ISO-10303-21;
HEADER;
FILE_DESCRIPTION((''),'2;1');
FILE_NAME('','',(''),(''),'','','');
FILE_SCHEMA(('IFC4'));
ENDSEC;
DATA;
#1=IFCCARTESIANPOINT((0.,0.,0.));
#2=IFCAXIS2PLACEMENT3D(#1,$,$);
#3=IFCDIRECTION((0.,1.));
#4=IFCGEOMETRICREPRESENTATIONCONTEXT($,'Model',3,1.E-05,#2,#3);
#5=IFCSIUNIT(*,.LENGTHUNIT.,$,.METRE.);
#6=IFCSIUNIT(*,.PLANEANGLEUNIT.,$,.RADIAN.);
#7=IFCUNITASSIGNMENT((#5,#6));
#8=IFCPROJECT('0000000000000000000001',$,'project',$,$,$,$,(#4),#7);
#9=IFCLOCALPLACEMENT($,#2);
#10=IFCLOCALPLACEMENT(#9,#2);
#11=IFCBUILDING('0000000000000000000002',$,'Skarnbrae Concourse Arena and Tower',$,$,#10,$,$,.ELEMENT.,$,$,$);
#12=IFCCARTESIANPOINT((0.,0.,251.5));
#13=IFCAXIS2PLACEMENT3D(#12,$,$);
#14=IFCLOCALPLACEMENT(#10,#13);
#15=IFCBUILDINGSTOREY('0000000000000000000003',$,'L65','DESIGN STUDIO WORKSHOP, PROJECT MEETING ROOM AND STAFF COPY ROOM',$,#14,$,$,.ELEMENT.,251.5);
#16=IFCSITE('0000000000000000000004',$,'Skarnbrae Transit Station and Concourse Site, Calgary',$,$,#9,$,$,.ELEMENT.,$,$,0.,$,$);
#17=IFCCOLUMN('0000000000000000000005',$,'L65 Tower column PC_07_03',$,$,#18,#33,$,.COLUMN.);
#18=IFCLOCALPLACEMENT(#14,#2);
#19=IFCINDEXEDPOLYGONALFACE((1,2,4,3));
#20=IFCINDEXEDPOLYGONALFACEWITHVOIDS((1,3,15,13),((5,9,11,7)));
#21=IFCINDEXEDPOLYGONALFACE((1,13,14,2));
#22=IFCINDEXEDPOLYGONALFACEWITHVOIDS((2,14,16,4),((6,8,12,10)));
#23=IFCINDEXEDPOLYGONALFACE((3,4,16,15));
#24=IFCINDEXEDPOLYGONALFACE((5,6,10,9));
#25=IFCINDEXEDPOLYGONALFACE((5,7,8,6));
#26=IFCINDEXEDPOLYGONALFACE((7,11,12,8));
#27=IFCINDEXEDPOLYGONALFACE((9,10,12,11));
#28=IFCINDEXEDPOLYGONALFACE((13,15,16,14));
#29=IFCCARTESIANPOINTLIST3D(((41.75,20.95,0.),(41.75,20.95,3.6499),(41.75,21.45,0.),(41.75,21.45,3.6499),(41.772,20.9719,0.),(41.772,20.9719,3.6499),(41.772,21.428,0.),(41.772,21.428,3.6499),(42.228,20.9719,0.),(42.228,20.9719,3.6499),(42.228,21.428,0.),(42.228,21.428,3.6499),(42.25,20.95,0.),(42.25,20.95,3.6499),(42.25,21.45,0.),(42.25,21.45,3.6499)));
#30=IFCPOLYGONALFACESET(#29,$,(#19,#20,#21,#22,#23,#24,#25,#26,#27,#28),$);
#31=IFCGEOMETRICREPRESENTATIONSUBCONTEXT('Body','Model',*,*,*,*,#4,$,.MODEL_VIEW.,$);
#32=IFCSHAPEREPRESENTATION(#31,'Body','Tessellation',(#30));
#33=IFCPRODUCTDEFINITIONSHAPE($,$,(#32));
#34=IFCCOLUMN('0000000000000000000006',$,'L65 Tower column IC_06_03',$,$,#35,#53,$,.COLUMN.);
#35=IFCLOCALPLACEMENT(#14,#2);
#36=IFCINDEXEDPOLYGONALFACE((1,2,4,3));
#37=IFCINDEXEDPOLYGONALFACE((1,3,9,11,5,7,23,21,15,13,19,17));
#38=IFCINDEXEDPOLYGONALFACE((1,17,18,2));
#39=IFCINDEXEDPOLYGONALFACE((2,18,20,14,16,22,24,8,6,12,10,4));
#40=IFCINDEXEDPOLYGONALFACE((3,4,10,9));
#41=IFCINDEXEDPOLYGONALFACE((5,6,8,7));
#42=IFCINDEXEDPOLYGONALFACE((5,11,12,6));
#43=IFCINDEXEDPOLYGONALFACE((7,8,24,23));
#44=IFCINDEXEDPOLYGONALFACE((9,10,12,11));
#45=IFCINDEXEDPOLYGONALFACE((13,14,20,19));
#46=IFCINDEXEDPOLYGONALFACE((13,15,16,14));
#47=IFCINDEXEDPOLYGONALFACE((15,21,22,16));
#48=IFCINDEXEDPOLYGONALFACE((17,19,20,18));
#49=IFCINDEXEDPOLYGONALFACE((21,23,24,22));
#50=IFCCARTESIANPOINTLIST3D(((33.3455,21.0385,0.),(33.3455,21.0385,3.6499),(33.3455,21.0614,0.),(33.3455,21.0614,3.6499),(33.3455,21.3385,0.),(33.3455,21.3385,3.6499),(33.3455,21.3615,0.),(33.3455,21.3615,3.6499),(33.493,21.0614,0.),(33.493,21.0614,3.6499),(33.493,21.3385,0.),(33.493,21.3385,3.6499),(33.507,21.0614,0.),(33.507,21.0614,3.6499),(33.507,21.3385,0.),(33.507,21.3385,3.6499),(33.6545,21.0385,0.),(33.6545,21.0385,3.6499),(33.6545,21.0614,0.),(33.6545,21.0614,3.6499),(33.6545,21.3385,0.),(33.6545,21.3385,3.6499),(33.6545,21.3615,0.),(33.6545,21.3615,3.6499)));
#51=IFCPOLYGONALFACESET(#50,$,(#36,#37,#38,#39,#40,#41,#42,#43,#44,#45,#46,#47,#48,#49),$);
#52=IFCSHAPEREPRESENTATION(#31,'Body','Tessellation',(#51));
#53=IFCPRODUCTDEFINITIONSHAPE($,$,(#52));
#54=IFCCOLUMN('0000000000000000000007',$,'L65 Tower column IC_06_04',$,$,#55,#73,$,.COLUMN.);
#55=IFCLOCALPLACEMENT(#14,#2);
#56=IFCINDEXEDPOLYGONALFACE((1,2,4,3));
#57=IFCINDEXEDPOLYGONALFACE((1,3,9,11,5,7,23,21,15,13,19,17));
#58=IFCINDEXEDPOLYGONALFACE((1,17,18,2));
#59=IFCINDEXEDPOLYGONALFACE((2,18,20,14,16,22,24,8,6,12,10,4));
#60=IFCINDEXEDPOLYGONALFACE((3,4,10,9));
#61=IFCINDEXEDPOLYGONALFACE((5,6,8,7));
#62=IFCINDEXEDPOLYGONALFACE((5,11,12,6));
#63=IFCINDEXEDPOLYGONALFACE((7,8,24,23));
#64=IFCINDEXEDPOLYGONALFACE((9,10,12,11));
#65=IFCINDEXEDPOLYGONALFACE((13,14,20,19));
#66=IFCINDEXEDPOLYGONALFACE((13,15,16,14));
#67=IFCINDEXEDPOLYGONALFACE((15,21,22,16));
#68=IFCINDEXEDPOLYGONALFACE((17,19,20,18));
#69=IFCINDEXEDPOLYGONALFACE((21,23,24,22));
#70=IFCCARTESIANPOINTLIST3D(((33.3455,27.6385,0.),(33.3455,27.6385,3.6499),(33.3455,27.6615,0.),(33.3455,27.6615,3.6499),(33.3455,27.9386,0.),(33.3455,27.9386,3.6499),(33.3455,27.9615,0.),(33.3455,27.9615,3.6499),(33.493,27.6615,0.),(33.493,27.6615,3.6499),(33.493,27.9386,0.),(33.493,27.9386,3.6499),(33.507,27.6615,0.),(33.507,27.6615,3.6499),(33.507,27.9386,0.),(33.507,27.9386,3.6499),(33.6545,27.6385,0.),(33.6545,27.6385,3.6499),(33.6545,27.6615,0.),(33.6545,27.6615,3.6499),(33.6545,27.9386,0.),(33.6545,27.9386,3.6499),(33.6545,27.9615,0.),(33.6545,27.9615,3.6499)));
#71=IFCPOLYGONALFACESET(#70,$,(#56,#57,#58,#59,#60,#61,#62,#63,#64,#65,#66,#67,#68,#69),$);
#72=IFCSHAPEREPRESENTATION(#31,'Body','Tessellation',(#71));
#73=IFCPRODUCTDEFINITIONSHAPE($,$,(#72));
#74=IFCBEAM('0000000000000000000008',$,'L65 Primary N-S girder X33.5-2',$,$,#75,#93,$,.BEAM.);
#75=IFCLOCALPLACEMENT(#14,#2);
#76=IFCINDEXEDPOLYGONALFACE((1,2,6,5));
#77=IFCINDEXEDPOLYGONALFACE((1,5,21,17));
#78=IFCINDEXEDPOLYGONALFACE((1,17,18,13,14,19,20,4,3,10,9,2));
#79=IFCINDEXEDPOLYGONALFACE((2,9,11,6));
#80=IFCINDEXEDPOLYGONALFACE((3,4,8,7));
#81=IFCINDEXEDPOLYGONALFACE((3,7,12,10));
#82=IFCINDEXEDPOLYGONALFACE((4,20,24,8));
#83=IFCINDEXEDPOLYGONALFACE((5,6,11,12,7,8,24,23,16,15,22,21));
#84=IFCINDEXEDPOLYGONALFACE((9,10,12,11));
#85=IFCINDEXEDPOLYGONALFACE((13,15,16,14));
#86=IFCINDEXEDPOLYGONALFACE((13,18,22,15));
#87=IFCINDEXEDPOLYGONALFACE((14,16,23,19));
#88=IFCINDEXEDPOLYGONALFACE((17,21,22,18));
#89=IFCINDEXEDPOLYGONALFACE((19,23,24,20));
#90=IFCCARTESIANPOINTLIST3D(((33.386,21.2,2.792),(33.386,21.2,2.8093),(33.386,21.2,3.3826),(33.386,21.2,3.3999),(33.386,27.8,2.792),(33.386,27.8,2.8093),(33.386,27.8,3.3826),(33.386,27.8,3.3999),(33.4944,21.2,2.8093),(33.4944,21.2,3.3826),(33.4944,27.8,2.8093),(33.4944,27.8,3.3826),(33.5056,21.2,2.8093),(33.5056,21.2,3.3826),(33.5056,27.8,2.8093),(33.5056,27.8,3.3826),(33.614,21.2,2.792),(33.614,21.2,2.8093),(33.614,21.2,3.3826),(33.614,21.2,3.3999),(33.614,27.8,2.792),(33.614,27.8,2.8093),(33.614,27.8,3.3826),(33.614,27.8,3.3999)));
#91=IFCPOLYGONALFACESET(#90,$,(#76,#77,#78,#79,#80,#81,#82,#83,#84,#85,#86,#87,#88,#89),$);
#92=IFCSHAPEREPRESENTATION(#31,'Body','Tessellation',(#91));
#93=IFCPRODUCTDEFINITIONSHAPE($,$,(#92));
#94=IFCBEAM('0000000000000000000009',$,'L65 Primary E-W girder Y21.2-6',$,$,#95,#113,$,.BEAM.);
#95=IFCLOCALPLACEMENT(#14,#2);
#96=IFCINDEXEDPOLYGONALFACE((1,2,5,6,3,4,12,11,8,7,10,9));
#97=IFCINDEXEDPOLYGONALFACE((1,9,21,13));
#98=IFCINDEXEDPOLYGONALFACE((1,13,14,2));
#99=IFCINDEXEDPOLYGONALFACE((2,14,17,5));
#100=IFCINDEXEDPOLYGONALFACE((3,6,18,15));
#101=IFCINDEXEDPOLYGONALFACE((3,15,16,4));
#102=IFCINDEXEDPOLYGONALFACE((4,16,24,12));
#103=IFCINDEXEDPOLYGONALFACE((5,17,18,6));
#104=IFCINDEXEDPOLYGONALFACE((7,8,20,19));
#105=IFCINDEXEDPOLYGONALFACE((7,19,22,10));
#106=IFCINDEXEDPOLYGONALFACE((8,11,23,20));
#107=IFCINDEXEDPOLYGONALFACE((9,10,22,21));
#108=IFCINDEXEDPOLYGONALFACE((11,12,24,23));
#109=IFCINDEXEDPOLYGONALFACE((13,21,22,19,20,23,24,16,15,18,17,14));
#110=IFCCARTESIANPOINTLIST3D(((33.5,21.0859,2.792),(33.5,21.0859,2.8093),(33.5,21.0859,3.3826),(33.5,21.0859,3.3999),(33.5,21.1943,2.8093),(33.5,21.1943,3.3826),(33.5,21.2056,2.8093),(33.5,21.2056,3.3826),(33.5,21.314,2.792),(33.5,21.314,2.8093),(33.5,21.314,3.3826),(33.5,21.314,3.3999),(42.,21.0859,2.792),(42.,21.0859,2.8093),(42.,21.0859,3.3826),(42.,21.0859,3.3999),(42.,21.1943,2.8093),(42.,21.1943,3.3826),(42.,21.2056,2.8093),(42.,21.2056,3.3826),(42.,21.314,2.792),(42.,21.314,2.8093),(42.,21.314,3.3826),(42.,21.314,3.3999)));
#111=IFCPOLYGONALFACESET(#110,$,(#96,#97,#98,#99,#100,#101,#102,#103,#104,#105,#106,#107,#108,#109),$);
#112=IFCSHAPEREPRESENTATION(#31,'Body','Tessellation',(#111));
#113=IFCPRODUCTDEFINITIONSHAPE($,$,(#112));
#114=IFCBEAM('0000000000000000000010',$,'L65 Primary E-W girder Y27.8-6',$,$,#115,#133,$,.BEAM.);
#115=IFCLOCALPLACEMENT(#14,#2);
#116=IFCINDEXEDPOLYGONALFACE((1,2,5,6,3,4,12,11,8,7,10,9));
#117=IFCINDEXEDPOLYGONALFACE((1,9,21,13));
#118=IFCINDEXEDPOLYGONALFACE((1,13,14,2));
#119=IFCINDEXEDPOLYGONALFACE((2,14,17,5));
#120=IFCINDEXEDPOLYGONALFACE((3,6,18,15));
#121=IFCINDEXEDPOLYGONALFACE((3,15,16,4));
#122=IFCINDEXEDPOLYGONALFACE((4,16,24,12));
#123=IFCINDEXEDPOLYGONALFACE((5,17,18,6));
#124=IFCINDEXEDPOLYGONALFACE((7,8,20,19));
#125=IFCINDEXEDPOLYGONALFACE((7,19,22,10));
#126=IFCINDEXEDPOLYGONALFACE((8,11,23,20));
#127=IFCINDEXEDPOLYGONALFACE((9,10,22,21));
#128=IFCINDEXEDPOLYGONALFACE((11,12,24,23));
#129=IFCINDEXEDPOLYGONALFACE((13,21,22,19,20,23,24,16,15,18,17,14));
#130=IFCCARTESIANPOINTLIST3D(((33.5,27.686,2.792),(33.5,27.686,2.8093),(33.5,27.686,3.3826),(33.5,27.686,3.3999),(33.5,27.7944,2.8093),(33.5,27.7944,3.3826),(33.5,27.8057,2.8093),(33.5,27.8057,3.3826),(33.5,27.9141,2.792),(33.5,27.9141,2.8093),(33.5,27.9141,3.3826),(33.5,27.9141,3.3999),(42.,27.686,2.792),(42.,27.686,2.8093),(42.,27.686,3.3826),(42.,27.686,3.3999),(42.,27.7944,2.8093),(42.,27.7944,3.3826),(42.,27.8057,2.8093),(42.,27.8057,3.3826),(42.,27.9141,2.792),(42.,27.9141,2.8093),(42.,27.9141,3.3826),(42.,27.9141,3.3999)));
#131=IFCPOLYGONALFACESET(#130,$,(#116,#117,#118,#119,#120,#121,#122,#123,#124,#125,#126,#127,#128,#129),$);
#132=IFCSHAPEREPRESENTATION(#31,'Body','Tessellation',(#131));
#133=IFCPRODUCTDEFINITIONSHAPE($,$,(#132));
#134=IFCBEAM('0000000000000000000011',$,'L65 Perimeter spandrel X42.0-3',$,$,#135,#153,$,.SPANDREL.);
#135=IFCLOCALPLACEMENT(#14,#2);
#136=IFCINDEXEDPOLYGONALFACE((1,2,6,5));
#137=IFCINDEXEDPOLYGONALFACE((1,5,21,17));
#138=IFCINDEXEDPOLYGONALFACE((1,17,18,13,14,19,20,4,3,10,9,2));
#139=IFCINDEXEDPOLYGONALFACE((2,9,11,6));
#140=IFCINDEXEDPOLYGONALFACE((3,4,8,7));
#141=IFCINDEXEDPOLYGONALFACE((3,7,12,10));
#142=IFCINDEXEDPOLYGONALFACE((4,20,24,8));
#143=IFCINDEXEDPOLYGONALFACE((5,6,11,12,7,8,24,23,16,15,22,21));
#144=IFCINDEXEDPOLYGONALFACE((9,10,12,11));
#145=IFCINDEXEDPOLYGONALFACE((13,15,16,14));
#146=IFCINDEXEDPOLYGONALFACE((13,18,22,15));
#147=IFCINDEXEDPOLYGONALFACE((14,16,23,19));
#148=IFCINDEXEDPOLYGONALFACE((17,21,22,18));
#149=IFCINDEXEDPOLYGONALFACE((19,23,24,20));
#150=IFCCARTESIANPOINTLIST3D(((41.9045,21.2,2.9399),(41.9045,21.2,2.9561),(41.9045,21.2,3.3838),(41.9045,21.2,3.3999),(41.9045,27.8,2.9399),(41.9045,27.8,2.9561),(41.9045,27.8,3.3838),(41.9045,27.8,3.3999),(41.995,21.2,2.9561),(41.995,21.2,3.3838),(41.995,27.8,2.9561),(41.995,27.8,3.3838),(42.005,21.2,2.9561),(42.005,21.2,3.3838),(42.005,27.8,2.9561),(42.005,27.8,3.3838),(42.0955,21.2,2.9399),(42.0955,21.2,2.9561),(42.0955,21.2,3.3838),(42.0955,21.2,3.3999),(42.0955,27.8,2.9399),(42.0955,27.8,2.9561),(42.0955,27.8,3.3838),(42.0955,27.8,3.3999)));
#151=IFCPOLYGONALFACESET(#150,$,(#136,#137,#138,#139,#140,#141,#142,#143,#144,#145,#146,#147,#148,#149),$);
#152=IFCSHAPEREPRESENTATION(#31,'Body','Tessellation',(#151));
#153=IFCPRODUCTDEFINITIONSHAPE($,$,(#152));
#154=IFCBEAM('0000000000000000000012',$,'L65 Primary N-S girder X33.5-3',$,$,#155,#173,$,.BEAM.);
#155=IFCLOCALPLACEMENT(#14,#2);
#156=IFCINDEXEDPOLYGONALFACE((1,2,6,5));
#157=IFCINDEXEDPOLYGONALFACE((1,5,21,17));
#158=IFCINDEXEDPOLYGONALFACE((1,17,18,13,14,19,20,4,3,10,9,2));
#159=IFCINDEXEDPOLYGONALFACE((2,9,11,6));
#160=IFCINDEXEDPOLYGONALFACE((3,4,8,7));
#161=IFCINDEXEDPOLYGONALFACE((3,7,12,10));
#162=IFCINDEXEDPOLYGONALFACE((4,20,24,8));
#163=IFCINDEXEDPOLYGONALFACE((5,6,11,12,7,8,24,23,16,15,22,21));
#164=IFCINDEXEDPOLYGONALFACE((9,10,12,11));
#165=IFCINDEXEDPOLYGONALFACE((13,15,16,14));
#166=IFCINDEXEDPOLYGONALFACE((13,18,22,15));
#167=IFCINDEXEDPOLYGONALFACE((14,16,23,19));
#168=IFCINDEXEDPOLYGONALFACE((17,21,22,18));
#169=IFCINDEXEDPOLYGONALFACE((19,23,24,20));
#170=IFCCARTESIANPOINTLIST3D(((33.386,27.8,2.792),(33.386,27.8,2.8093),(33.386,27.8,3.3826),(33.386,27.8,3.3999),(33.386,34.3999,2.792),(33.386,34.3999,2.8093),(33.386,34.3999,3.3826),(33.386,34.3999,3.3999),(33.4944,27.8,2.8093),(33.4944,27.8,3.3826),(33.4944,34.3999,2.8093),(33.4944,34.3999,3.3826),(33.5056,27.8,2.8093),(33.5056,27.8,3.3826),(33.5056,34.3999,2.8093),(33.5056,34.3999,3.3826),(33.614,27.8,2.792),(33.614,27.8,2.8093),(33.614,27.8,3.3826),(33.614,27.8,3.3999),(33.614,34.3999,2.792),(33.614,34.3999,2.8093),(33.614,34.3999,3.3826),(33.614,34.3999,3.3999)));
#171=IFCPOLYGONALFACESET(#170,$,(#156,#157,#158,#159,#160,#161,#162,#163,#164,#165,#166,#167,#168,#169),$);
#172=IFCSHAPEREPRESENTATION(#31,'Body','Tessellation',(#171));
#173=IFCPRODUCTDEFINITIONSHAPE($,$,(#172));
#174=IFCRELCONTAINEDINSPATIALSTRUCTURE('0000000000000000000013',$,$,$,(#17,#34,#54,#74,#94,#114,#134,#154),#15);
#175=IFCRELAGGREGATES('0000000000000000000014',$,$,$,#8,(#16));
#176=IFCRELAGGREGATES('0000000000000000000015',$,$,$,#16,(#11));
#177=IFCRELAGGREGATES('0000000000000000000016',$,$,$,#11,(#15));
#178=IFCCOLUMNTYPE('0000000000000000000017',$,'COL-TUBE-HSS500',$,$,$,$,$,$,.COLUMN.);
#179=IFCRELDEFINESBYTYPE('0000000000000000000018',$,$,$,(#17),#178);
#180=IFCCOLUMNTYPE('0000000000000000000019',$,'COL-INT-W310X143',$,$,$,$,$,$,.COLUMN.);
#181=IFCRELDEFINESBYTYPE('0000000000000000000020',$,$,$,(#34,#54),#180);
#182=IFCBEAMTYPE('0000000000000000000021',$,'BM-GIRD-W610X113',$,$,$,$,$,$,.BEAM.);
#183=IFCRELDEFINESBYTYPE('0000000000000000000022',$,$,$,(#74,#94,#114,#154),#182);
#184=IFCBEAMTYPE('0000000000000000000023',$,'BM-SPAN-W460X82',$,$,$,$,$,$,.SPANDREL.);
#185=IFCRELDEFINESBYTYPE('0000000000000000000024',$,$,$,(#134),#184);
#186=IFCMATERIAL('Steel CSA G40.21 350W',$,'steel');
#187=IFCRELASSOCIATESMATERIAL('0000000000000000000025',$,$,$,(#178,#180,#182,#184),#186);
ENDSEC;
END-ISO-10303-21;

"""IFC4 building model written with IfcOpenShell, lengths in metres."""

from ifc_helpers import new_model, si_unit, direction, frame, origin, origin_2d, place, context, subcontext, project, spatial, hollow_rectangle, i_section, extrude, source, transform, mapped, material, material_profile, profile_set, type_object, element, save


model = new_model("IFC4")

# Units and contexts
model_context = context("Model", 3, precision=1e-05, world=origin(), true_north=direction((0.0, 1.0)))
body_context = subcontext(model_context, "Body", "Model", "MODEL_VIEW")
ifc_project = project(units=[si_unit("LENGTHUNIT", "METRE"), si_unit("PLANEANGLEUNIT", "RADIAN")], contexts=[model_context])

# Site, building, storey
site_placement = place(None, origin())
site = spatial("IfcSite", under=ifc_project, at=site_placement, Name="Skarnbrae Transit Station and Concourse Site, Calgary", CompositionType="ELEMENT", RefElevation=0.0)
building_placement = place(site_placement, origin())
building = spatial("IfcBuilding", under=site, at=building_placement, Name="Skarnbrae Concourse Arena and Tower", CompositionType="ELEMENT")
storey_placement = place(building_placement, frame((0.0, 0.0, 251.5)))
storey = spatial("IfcBuildingStorey", under=building, at=storey_placement, Name="L65", Description="DESIGN STUDIO WORKSHOP, PROJECT MEETING ROOM AND STAFF COPY ROOM", CompositionType="ELEMENT", Elevation=251.5)

# Columns
ifc_material_1 = material(Name="Steel CSA G40.21 350W", Category="steel")
ifc_material_profile_1 = material_profile(ifc_material_1, hollow_rectangle(XDim=0.5, YDim=0.5, WallThickness=0.022, at=origin_2d()), Name="HSS500X500X22.0")
ifc_profile_set_1 = profile_set([ifc_material_profile_1], Name="Steel CSA G40.21 350W")
column_type_1 = type_object("IfcColumnType", Name="COL-TUBE-HSS500", PredefinedType="COLUMN", material=ifc_profile_set_1)
shared_shape_1 = source(origin(), body_context, "Body", "SweptSolid", [
    extrude(hollow_rectangle(XDim=0.5, YDim=0.5, WallThickness=0.022, at=origin_2d()), origin(), (0.0, 0.0, 1.0), 3.6499),
])
column_placement = place(storey_placement, frame((42.0, 21.2, 0.0), z_axis=(0.0, 0.0, 1.0), x_axis=(1.0, 0.0, 0.0)))
element("IfcColumn", 1, at=column_placement, inside=storey, type_object=column_type_1, Name="L65 Tower column PC_07_03", PredefinedType="COLUMN", context=body_context, shape_type="MappedRepresentation", body=[
    mapped(shared_shape_1, transform((0.0, 0.0, 0.0))),
])
ifc_material_profile_2 = material_profile(ifc_material_1, i_section(OverallWidth=0.3091, OverallDepth=0.323, WebThickness=0.0139, FlangeThickness=0.0229, at=origin_2d()), Name="W310X143")
ifc_profile_set_2 = profile_set([ifc_material_profile_2], Name="Steel CSA G40.21 350W")
column_type_2 = type_object("IfcColumnType", Name="COL-INT-W310X143", PredefinedType="COLUMN", material=ifc_profile_set_2)
shared_shape_2 = source(origin(), body_context, "Body", "SweptSolid", [
    extrude(i_section(OverallWidth=0.3091, OverallDepth=0.323, WebThickness=0.0139, FlangeThickness=0.0229, at=origin_2d()), origin(), (0.0, 0.0, 1.0), 3.6499),
])
for number, where, z_axis, x_axis, name in (
    (2, (33.5, 21.2, 0.0), (0.0, 0.0, 1.0), (1.0, 0.0, 0.0), "L65 Tower column IC_06_03"),
    (3, (33.5, 27.8, 0.0), (0.0, 0.0, 1.0), (1.0, 0.0, 0.0), "L65 Tower column IC_06_04"),
):
    element("IfcColumn", number, at=place(storey_placement, frame(where, z_axis=z_axis, x_axis=x_axis)), inside=storey, type_object=column_type_2, Name=name, PredefinedType="COLUMN", context=body_context, shape_type="MappedRepresentation", body=[
        mapped(shared_shape_2, transform((0.0, 0.0, 0.0))),
    ])

# Beams
ifc_material_profile_3 = material_profile(ifc_material_1, i_section(OverallWidth=0.228, OverallDepth=0.6079, WebThickness=0.0112, FlangeThickness=0.0173, at=origin_2d()), Name="W610X113")
ifc_profile_set_3 = profile_set([ifc_material_profile_3], Name="Steel CSA G40.21 350W")
beam_type_1 = type_object("IfcBeamType", Name="BM-GIRD-W610X113", PredefinedType="BEAM", material=ifc_profile_set_3)
shared_shape_3 = source(origin(), body_context, "Body", "SweptSolid", [
    extrude(i_section(OverallWidth=0.228, OverallDepth=0.6079, WebThickness=0.0112, FlangeThickness=0.0173, at=origin_2d()), origin(), (0.0, 0.0, 1.0), 6.6001),
])
beam_1_placement = place(storey_placement, frame((33.5, 21.2, 3.0959), z_axis=(0.0, 1.0, 0.0), x_axis=(-1.0, 0.0, 0.0)))
element("IfcBeam", 4, at=beam_1_placement, inside=storey, type_object=beam_type_1, Name="L65 Primary N-S girder X33.5-2", PredefinedType="BEAM", context=body_context, shape_type="MappedRepresentation", body=[
    mapped(shared_shape_3, transform((0.0, 0.0, 0.0))),
])
shared_shape_4 = source(origin(), body_context, "Body", "SweptSolid", [
    extrude(i_section(OverallWidth=0.228, OverallDepth=0.6079, WebThickness=0.0112, FlangeThickness=0.0173, at=origin_2d()), origin(), (0.0, 0.0, 1.0), 8.5),
])
for number, where, z_axis, x_axis, name in (
    (5, (33.5, 21.2, 3.0959), (1.0, 0.0, 0.0), (0.0, 1.0, 0.0), "L65 Primary E-W girder Y21.2-6"),
    (6, (33.5, 27.8, 3.0959), (1.0, 0.0, 0.0), (0.0, 1.0, 0.0), "L65 Primary E-W girder Y27.8-6"),
):
    element("IfcBeam", number, at=place(storey_placement, frame(where, z_axis=z_axis, x_axis=x_axis)), inside=storey, type_object=beam_type_1, Name=name, PredefinedType="BEAM", context=body_context, shape_type="MappedRepresentation", body=[
        mapped(shared_shape_4, transform((0.0, 0.0, 0.0))),
    ])
ifc_material_profile_4 = material_profile(ifc_material_1, i_section(OverallWidth=0.1909, OverallDepth=0.46, WebThickness=0.01, FlangeThickness=0.0161, at=origin_2d()), Name="W460X82")
ifc_profile_set_4 = profile_set([ifc_material_profile_4], Name="Steel CSA G40.21 350W")
beam_type_2 = type_object("IfcBeamType", Name="BM-SPAN-W460X82", PredefinedType="SPANDREL", material=ifc_profile_set_4)
shared_shape_5 = source(origin(), body_context, "Body", "SweptSolid", [
    extrude(i_section(OverallWidth=0.1909, OverallDepth=0.46, WebThickness=0.01, FlangeThickness=0.0161, at=origin_2d()), origin(), (0.0, 0.0, 1.0), 6.6001),
])
beam_2_placement = place(storey_placement, frame((42.0, 21.2, 3.1699), z_axis=(0.0, 1.0, 0.0), x_axis=(-1.0, 0.0, 0.0)))
element("IfcBeam", 7, at=beam_2_placement, inside=storey, type_object=beam_type_2, Name="L65 Perimeter spandrel X42.0-3", PredefinedType="SPANDREL", context=body_context, shape_type="MappedRepresentation", body=[
    mapped(shared_shape_5, transform((0.0, 0.0, 0.0))),
])
shared_shape_6 = source(origin(), body_context, "Body", "SweptSolid", [
    extrude(i_section(OverallWidth=0.228, OverallDepth=0.6079, WebThickness=0.0112, FlangeThickness=0.0173, at=origin_2d()), origin(), (0.0, 0.0, 1.0), 6.5999),
])
beam_3_placement = place(storey_placement, frame((33.5, 27.8, 3.0959), z_axis=(0.0, 1.0, 0.0), x_axis=(-1.0, 0.0, 0.0)))
element("IfcBeam", 8, at=beam_3_placement, inside=storey, type_object=beam_type_1, Name="L65 Primary N-S girder X33.5-3", PredefinedType="BEAM", context=body_context, shape_type="MappedRepresentation", body=[
    mapped(shared_shape_6, transform((0.0, 0.0, 0.0))),
])

save(model, "model.ifc")
